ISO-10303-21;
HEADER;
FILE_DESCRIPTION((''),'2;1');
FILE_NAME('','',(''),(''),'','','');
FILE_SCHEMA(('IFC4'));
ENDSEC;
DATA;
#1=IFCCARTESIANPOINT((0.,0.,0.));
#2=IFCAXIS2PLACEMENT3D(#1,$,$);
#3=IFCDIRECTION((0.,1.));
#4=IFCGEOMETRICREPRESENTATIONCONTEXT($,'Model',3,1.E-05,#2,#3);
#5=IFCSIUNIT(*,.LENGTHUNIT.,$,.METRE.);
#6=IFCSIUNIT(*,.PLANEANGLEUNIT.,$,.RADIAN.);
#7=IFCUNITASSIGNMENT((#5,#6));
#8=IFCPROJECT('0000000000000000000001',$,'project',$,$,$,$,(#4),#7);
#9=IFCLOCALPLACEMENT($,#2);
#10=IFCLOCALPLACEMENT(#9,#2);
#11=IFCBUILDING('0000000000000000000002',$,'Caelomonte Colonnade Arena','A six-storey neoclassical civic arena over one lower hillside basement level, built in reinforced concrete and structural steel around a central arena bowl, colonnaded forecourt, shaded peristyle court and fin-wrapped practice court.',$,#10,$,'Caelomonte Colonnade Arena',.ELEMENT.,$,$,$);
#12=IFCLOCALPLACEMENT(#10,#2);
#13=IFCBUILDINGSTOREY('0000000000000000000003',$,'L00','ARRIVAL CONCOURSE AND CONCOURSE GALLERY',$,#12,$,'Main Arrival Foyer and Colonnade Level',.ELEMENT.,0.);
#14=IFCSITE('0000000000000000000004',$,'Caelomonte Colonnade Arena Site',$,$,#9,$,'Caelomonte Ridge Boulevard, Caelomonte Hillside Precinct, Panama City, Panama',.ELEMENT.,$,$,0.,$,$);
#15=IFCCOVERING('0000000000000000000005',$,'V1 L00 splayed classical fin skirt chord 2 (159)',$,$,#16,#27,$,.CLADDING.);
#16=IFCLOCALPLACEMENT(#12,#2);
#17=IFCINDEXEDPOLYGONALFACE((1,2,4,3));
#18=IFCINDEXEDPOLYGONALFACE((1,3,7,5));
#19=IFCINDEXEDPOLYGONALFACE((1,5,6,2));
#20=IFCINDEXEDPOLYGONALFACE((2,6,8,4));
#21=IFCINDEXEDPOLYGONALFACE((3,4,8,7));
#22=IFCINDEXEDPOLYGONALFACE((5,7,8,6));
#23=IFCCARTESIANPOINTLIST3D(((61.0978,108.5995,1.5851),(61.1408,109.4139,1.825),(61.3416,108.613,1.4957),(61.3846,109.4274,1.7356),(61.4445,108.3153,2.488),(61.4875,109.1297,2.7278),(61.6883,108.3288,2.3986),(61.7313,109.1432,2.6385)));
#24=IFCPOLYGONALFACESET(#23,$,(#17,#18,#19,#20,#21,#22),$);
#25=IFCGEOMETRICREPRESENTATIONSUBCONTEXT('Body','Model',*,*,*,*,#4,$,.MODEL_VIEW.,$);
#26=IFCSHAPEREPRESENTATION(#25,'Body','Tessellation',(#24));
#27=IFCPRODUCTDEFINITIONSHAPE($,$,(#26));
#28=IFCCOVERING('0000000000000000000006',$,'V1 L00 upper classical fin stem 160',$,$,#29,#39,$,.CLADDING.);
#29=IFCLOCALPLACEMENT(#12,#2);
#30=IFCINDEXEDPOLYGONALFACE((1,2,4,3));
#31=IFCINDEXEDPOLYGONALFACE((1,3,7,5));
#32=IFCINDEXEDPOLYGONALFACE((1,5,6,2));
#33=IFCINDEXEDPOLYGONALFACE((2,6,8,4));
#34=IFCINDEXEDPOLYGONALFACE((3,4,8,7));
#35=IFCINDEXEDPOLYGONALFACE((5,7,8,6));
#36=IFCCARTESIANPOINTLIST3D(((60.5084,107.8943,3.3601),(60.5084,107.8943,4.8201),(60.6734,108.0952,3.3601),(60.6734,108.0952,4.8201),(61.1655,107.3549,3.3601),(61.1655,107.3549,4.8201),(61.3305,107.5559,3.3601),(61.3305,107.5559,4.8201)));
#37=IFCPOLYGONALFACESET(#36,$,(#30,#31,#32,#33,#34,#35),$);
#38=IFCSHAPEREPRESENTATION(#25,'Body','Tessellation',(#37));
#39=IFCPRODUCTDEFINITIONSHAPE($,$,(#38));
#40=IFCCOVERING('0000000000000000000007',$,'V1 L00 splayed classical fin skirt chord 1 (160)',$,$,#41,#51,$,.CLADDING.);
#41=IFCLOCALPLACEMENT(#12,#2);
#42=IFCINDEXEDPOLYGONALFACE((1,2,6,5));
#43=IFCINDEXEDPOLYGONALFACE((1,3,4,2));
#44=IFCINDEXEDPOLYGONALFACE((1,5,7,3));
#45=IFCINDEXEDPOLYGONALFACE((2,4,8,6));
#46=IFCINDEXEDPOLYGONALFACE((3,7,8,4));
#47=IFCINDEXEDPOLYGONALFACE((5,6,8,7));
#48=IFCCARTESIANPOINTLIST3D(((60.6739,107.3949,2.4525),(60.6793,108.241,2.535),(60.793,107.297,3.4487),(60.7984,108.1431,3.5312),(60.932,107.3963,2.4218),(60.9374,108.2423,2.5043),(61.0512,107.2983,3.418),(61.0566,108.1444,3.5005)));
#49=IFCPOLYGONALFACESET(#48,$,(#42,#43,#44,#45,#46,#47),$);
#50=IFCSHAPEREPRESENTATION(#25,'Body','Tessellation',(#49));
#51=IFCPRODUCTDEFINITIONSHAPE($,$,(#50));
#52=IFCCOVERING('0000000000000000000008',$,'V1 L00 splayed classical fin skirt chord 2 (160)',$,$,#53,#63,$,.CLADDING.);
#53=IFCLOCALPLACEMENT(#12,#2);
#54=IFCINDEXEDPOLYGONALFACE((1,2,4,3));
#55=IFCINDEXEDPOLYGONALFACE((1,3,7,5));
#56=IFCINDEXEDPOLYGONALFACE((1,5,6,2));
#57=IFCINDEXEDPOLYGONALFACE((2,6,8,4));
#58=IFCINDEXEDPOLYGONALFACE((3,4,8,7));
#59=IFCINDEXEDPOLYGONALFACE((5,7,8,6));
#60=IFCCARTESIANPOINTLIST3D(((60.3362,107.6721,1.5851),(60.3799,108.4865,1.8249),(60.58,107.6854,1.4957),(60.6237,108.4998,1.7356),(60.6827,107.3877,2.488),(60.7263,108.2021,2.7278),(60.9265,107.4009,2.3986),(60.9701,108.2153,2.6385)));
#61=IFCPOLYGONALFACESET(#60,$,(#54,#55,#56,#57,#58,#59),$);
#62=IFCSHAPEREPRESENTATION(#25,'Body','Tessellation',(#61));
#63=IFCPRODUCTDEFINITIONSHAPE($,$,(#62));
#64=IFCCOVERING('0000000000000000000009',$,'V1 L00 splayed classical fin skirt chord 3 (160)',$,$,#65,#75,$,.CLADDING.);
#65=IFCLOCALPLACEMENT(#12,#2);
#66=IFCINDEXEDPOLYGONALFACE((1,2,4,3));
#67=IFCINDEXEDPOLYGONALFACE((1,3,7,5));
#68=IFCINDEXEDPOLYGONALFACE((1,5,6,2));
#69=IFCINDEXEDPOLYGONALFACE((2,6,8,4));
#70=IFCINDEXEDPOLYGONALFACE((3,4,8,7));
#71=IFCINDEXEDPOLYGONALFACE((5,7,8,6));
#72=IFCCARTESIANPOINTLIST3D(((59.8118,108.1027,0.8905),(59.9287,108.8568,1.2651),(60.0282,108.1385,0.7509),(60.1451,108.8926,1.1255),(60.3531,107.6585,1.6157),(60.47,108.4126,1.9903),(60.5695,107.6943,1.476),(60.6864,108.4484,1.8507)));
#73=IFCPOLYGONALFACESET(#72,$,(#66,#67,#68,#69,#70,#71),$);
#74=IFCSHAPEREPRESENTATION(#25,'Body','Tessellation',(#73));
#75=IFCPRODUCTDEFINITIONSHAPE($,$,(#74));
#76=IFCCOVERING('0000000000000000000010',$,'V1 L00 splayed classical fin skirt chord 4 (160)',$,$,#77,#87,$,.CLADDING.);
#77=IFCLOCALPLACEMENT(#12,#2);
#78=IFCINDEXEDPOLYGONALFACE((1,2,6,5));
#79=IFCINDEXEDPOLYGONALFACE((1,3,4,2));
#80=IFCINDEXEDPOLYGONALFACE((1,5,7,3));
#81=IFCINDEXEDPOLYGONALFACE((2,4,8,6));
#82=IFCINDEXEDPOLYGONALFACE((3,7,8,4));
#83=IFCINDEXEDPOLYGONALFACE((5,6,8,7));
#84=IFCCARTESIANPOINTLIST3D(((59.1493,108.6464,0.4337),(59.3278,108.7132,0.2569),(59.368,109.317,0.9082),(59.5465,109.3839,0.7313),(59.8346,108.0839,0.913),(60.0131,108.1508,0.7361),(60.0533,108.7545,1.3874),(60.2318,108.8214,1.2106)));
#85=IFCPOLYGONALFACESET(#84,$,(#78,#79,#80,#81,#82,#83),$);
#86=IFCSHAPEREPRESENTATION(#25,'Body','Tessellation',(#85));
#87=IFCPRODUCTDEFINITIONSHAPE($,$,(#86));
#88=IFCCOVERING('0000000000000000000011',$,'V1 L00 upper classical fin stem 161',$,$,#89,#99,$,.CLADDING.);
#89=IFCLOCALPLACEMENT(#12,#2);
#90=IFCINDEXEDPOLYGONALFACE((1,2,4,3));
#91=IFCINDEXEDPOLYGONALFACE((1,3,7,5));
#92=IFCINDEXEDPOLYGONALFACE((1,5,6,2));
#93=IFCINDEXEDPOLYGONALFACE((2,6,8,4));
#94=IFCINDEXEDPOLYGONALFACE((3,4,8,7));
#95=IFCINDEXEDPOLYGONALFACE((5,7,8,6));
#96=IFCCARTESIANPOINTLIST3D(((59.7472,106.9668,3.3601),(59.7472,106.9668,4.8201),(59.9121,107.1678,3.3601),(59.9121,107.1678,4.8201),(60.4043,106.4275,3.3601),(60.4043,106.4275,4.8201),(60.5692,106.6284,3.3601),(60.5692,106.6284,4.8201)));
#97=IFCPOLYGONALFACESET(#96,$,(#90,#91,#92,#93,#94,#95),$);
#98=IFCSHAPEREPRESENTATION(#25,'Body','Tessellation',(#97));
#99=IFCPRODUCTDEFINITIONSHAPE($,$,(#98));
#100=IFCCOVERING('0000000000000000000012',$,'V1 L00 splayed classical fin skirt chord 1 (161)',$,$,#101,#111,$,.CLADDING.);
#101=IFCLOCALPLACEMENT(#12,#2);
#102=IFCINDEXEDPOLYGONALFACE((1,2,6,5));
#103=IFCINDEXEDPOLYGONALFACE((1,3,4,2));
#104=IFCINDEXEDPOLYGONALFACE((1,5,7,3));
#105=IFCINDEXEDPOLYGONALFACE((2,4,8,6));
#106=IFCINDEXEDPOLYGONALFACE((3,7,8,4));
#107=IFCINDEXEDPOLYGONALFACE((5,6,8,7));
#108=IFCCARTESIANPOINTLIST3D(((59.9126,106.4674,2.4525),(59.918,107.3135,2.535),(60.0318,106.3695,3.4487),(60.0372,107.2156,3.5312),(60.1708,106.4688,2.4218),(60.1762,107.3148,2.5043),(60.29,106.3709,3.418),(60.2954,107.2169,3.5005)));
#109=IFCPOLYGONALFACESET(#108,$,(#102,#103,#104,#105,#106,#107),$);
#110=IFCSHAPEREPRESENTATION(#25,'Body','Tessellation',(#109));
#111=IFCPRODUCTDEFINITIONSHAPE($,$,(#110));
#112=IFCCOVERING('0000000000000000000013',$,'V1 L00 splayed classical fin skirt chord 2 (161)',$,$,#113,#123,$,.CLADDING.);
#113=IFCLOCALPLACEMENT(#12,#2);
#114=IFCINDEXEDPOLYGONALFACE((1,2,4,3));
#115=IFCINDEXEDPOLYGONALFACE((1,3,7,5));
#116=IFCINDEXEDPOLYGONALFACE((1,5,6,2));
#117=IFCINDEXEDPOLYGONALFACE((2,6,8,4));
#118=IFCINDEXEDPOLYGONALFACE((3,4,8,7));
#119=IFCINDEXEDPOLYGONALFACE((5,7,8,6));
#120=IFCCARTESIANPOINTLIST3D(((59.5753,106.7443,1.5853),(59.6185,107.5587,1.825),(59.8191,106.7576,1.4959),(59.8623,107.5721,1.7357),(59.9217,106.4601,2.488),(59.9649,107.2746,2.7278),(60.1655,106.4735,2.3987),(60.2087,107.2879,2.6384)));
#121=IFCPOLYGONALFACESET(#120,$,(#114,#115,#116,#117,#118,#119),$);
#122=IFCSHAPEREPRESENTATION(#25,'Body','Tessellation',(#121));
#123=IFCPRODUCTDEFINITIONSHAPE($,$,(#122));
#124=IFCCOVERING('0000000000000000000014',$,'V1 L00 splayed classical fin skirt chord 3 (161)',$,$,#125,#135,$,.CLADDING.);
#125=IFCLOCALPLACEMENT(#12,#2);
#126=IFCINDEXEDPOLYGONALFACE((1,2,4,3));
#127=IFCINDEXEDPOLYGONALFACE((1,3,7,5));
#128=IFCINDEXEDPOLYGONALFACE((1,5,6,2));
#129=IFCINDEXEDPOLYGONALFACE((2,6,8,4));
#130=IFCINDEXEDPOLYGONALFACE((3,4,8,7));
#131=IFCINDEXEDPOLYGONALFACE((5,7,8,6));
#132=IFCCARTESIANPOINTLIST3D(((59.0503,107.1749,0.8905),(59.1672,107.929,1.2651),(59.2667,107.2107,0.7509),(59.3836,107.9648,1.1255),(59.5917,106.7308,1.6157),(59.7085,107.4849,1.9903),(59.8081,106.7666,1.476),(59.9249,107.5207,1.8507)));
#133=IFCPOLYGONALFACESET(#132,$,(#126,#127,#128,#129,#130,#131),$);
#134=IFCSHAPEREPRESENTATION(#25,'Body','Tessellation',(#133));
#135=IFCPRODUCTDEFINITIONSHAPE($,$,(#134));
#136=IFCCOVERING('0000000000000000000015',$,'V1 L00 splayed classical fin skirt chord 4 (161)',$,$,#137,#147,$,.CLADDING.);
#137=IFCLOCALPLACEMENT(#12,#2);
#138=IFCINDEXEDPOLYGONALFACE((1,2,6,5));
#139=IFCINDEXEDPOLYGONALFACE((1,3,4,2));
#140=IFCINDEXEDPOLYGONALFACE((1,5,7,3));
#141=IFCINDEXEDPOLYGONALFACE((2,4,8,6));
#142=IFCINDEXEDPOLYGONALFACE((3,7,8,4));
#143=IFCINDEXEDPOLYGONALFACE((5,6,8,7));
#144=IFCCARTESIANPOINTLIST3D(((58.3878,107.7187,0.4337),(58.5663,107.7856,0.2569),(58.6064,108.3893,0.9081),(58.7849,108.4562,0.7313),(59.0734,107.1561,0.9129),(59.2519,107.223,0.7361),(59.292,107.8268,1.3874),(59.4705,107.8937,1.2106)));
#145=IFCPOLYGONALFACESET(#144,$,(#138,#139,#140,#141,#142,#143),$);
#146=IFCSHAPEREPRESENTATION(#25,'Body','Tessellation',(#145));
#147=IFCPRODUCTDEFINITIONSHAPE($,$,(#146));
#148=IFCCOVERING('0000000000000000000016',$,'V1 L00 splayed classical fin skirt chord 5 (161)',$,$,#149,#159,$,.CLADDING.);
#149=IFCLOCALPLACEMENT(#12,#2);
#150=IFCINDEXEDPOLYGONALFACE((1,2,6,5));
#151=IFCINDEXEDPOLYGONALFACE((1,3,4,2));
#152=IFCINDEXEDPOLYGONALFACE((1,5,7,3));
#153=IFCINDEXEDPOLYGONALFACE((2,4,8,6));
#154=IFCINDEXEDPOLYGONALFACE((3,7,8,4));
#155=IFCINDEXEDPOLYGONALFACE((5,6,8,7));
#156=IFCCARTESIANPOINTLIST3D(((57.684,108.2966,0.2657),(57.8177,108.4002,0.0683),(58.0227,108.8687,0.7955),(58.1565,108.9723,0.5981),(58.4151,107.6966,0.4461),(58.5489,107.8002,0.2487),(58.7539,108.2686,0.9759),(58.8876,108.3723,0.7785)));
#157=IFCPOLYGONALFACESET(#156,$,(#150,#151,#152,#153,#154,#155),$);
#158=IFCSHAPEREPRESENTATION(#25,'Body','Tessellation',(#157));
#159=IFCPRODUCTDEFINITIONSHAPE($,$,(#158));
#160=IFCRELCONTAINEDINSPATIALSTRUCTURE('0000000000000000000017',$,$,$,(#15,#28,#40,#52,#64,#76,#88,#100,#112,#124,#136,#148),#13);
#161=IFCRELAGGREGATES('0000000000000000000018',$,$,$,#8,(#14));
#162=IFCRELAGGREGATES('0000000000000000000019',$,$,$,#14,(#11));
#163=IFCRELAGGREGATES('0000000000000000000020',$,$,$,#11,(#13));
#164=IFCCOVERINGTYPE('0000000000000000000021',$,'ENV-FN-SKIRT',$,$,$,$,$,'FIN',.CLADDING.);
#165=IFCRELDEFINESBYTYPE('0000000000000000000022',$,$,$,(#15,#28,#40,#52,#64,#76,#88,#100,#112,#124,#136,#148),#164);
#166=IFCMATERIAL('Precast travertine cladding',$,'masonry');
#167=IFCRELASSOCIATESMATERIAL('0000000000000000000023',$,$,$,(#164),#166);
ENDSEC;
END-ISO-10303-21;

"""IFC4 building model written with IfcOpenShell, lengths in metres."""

from ifc_helpers import new_model, si_unit, direction, frame, origin, origin_2d, place, context, subcontext, project, spatial, rectangle, extrude, material, material_profile, profile_set, type_object, element, save


model = new_model("IFC4")

# Units and contexts
model_context = context("Model", 3, precision=1e-05, world=origin(), true_north=direction((0.0, 1.0)))
body_context = subcontext(model_context, "Body", "Model", "MODEL_VIEW")
ifc_project = project(units=[si_unit("LENGTHUNIT", "METRE"), si_unit("PLANEANGLEUNIT", "RADIAN")], contexts=[model_context])

# Site, building, storey
site_placement = place(None, origin())
site = spatial("IfcSite", under=ifc_project, at=site_placement, Name="Caelomonte Colonnade Arena Site", LongName="Caelomonte Ridge Boulevard, Caelomonte Hillside Precinct, Panama City, Panama", CompositionType="ELEMENT", RefElevation=0.0)
building_placement = place(site_placement, origin())
building = spatial("IfcBuilding", under=site, at=building_placement, Name="Caelomonte Colonnade Arena", Description="A six-storey neoclassical civic arena over one lower hillside basement level, built in reinforced concrete and structural steel around a central arena bowl, colonnaded forecourt, shaded peristyle court and fin-wrapped practice court.", LongName="Caelomonte Colonnade Arena", CompositionType="ELEMENT")
storey_placement = place(building_placement, origin())
storey = spatial("IfcBuildingStorey", under=building, at=storey_placement, Name="L00", Description="ARRIVAL CONCOURSE AND CONCOURSE GALLERY", LongName="Main Arrival Foyer and Colonnade Level", CompositionType="ELEMENT", Elevation=0.0)

# Coverings
ifc_material_1 = material(Name="Precast travertine cladding", Category="masonry")
ifc_material_profile_1 = material_profile(ifc_material_1, rectangle(XDim=0.26, YDim=0.8501, at=origin_2d()), Name="FIN260X850")
ifc_profile_set_1 = profile_set([ifc_material_profile_1], Name="Precast travertine cladding")
covering_type = type_object("IfcCoveringType", Name="ENV-FN-SKIRT", ElementType="FIN", PredefinedType="CLADDING", material=ifc_profile_set_1)
for number, where, z_axis, x_axis, name in (
    (1, (61.5879, 108.7292, 2.5632), (-0.343931, 0.281926, -0.895673), (-0.937631, -0.051725, 0.343761), "V1 L00 splayed classical fin skirt chord 2 (159)"),
):
    element("IfcCovering", number, at=place(storey_placement, frame(where, z_axis=z_axis, x_axis=x_axis)), inside=storey, type_object=covering_type, Name=name, PredefinedType="CLADDING", context=body_context, shape_type="SweptSolid", body=[
        extrude(rectangle(XDim=0.26, YDim=0.8501, at=origin_2d()), origin(), (0.0, 0.0, 1.0), 1.0081),
    ])
covering_1_placement = place(storey_placement, frame((60.9194, 107.7251, 3.3601), z_axis=(0.0, 0.0, 1.0), x_axis=(0.634414, 0.772994, 0.0)))
element("IfcCovering", 2, at=covering_1_placement, inside=storey, type_object=covering_type, Name="V1 L00 upper classical fin stem 160", PredefinedType="CLADDING", context=body_context, shape_type="SweptSolid", body=[
    extrude(rectangle(XDim=0.26, YDim=0.8501, at=origin_2d()), origin(), (0.0, 0.0, 1.0), 1.46),
])
for number, where, z_axis, x_axis, name in (
    (3, (60.9248, 107.7207, 3.4746), (-0.1182, 0.097127, -0.988228), (-0.992969, -0.005181, 0.118258), "V1 L00 splayed classical fin skirt chord 1 (160)"),
    (4, (60.8264, 107.8015, 2.5632), (-0.343693, 0.282173, -0.895686), (-0.937679, -0.051, 0.34374), "V1 L00 splayed classical fin skirt chord 2 (160)"),
    (5, (60.5198, 108.0535, 1.7332), (-0.536995, 0.440593, -0.719385), (-0.832307, -0.137735, 0.536931), "V1 L00 splayed classical fin skirt chord 3 (160)"),
):
    element("IfcCovering", number, at=place(storey_placement, frame(where, z_axis=z_axis, x_axis=x_axis)), inside=storey, type_object=covering_type, Name=name, PredefinedType="CLADDING", context=body_context, shape_type="SweptSolid", body=[
        extrude(rectangle(XDim=0.26, YDim=0.8501, at=origin_2d()), origin(), (0.0, 0.0, 1.0), 1.0081),
    ])
covering_2_placement = place(storey_placement, frame((60.0332, 108.4526, 1.0618), z_axis=(-0.679977, 0.558129, -0.475524), x_axis=(-0.686628, -0.257168, 0.680005)))
element("IfcCovering", 6, at=covering_2_placement, inside=storey, type_object=covering_type, Name="V1 L00 splayed classical fin skirt chord 4 (160)", PredefinedType="CLADDING", context=body_context, shape_type="SweptSolid", body=[
    extrude(rectangle(XDim=0.26, YDim=0.8501, at=origin_2d()), origin(), (0.0, 0.0, 1.0), 1.0078),
])
covering_3_placement = place(storey_placement, frame((60.1582, 106.7976, 3.3601), z_axis=(0.0, 0.0, 1.0), x_axis=(0.634414, 0.772994, 0.0)))
element("IfcCovering", 7, at=covering_3_placement, inside=storey, type_object=covering_type, Name="V1 L00 upper classical fin stem 161", PredefinedType="CLADDING", context=body_context, shape_type="SweptSolid", body=[
    extrude(rectangle(XDim=0.26, YDim=0.8501, at=origin_2d()), origin(), (0.0, 0.0, 1.0), 1.46),
])
covering_4_placement = place(storey_placement, frame((60.1636, 106.7932, 3.4746), z_axis=(-0.1182, 0.097127, -0.988228), x_axis=(-0.992969, -0.005181, 0.118258)))
element("IfcCovering", 8, at=covering_4_placement, inside=storey, type_object=covering_type, Name="V1 L00 splayed classical fin skirt chord 1 (161)", PredefinedType="CLADDING", context=body_context, shape_type="SweptSolid", body=[
    extrude(rectangle(XDim=0.26, YDim=0.8501, at=origin_2d()), origin(), (0.0, 0.0, 1.0), 1.0081),
])
covering_5_placement = place(storey_placement, frame((60.0652, 106.874, 2.5632), z_axis=(-0.343717, 0.28195, -0.895747), x_axis=(-0.937694, -0.051364, 0.343645)))
element("IfcCovering", 9, at=covering_5_placement, inside=storey, type_object=covering_type, Name="V1 L00 splayed classical fin skirt chord 2 (161)", PredefinedType="CLADDING", context=body_context, shape_type="SweptSolid", body=[
    extrude(rectangle(XDim=0.26, YDim=0.8501, at=origin_2d()), origin(), (0.0, 0.0, 1.0), 1.0078),
])
for number, where, z_axis, x_axis, name in (
    (10, (59.7583, 107.1257, 1.7332), (-0.536995, 0.440593, -0.719385), (-0.832307, -0.137735, 0.536931), "V1 L00 splayed classical fin skirt chord 3 (161)"),
    (11, (59.272, 107.5249, 1.0618), (-0.680108, 0.558037, -0.475446), (-0.686536, -0.257326, 0.680038), "V1 L00 splayed classical fin skirt chord 4 (161)"),
):
    element("IfcCovering", number, at=place(storey_placement, frame(where, z_axis=z_axis, x_axis=x_axis)), inside=storey, type_object=covering_type, Name=name, PredefinedType="CLADDING", context=body_context, shape_type="SweptSolid", body=[
        extrude(rectangle(XDim=0.26, YDim=0.8501, at=origin_2d()), origin(), (0.0, 0.0, 1.0), 1.0081),
    ])
covering_6_placement = place(storey_placement, frame((58.6514, 108.0344, 0.6123), z_axis=(-0.759314, 0.62317, -0.187357), x_axis=(-0.514425, -0.398525, 0.759306)))
element("IfcCovering", 12, at=covering_6_placement, inside=storey, type_object=covering_type, Name="V1 L00 splayed classical fin skirt chord 5 (161)", PredefinedType="CLADDING", context=body_context, shape_type="SweptSolid", body=[
    extrude(rectangle(XDim=0.26, YDim=0.8501, at=origin_2d()), origin(), (0.0, 0.0, 1.0), 0.9629),
])

save(model, "model.ifc")
